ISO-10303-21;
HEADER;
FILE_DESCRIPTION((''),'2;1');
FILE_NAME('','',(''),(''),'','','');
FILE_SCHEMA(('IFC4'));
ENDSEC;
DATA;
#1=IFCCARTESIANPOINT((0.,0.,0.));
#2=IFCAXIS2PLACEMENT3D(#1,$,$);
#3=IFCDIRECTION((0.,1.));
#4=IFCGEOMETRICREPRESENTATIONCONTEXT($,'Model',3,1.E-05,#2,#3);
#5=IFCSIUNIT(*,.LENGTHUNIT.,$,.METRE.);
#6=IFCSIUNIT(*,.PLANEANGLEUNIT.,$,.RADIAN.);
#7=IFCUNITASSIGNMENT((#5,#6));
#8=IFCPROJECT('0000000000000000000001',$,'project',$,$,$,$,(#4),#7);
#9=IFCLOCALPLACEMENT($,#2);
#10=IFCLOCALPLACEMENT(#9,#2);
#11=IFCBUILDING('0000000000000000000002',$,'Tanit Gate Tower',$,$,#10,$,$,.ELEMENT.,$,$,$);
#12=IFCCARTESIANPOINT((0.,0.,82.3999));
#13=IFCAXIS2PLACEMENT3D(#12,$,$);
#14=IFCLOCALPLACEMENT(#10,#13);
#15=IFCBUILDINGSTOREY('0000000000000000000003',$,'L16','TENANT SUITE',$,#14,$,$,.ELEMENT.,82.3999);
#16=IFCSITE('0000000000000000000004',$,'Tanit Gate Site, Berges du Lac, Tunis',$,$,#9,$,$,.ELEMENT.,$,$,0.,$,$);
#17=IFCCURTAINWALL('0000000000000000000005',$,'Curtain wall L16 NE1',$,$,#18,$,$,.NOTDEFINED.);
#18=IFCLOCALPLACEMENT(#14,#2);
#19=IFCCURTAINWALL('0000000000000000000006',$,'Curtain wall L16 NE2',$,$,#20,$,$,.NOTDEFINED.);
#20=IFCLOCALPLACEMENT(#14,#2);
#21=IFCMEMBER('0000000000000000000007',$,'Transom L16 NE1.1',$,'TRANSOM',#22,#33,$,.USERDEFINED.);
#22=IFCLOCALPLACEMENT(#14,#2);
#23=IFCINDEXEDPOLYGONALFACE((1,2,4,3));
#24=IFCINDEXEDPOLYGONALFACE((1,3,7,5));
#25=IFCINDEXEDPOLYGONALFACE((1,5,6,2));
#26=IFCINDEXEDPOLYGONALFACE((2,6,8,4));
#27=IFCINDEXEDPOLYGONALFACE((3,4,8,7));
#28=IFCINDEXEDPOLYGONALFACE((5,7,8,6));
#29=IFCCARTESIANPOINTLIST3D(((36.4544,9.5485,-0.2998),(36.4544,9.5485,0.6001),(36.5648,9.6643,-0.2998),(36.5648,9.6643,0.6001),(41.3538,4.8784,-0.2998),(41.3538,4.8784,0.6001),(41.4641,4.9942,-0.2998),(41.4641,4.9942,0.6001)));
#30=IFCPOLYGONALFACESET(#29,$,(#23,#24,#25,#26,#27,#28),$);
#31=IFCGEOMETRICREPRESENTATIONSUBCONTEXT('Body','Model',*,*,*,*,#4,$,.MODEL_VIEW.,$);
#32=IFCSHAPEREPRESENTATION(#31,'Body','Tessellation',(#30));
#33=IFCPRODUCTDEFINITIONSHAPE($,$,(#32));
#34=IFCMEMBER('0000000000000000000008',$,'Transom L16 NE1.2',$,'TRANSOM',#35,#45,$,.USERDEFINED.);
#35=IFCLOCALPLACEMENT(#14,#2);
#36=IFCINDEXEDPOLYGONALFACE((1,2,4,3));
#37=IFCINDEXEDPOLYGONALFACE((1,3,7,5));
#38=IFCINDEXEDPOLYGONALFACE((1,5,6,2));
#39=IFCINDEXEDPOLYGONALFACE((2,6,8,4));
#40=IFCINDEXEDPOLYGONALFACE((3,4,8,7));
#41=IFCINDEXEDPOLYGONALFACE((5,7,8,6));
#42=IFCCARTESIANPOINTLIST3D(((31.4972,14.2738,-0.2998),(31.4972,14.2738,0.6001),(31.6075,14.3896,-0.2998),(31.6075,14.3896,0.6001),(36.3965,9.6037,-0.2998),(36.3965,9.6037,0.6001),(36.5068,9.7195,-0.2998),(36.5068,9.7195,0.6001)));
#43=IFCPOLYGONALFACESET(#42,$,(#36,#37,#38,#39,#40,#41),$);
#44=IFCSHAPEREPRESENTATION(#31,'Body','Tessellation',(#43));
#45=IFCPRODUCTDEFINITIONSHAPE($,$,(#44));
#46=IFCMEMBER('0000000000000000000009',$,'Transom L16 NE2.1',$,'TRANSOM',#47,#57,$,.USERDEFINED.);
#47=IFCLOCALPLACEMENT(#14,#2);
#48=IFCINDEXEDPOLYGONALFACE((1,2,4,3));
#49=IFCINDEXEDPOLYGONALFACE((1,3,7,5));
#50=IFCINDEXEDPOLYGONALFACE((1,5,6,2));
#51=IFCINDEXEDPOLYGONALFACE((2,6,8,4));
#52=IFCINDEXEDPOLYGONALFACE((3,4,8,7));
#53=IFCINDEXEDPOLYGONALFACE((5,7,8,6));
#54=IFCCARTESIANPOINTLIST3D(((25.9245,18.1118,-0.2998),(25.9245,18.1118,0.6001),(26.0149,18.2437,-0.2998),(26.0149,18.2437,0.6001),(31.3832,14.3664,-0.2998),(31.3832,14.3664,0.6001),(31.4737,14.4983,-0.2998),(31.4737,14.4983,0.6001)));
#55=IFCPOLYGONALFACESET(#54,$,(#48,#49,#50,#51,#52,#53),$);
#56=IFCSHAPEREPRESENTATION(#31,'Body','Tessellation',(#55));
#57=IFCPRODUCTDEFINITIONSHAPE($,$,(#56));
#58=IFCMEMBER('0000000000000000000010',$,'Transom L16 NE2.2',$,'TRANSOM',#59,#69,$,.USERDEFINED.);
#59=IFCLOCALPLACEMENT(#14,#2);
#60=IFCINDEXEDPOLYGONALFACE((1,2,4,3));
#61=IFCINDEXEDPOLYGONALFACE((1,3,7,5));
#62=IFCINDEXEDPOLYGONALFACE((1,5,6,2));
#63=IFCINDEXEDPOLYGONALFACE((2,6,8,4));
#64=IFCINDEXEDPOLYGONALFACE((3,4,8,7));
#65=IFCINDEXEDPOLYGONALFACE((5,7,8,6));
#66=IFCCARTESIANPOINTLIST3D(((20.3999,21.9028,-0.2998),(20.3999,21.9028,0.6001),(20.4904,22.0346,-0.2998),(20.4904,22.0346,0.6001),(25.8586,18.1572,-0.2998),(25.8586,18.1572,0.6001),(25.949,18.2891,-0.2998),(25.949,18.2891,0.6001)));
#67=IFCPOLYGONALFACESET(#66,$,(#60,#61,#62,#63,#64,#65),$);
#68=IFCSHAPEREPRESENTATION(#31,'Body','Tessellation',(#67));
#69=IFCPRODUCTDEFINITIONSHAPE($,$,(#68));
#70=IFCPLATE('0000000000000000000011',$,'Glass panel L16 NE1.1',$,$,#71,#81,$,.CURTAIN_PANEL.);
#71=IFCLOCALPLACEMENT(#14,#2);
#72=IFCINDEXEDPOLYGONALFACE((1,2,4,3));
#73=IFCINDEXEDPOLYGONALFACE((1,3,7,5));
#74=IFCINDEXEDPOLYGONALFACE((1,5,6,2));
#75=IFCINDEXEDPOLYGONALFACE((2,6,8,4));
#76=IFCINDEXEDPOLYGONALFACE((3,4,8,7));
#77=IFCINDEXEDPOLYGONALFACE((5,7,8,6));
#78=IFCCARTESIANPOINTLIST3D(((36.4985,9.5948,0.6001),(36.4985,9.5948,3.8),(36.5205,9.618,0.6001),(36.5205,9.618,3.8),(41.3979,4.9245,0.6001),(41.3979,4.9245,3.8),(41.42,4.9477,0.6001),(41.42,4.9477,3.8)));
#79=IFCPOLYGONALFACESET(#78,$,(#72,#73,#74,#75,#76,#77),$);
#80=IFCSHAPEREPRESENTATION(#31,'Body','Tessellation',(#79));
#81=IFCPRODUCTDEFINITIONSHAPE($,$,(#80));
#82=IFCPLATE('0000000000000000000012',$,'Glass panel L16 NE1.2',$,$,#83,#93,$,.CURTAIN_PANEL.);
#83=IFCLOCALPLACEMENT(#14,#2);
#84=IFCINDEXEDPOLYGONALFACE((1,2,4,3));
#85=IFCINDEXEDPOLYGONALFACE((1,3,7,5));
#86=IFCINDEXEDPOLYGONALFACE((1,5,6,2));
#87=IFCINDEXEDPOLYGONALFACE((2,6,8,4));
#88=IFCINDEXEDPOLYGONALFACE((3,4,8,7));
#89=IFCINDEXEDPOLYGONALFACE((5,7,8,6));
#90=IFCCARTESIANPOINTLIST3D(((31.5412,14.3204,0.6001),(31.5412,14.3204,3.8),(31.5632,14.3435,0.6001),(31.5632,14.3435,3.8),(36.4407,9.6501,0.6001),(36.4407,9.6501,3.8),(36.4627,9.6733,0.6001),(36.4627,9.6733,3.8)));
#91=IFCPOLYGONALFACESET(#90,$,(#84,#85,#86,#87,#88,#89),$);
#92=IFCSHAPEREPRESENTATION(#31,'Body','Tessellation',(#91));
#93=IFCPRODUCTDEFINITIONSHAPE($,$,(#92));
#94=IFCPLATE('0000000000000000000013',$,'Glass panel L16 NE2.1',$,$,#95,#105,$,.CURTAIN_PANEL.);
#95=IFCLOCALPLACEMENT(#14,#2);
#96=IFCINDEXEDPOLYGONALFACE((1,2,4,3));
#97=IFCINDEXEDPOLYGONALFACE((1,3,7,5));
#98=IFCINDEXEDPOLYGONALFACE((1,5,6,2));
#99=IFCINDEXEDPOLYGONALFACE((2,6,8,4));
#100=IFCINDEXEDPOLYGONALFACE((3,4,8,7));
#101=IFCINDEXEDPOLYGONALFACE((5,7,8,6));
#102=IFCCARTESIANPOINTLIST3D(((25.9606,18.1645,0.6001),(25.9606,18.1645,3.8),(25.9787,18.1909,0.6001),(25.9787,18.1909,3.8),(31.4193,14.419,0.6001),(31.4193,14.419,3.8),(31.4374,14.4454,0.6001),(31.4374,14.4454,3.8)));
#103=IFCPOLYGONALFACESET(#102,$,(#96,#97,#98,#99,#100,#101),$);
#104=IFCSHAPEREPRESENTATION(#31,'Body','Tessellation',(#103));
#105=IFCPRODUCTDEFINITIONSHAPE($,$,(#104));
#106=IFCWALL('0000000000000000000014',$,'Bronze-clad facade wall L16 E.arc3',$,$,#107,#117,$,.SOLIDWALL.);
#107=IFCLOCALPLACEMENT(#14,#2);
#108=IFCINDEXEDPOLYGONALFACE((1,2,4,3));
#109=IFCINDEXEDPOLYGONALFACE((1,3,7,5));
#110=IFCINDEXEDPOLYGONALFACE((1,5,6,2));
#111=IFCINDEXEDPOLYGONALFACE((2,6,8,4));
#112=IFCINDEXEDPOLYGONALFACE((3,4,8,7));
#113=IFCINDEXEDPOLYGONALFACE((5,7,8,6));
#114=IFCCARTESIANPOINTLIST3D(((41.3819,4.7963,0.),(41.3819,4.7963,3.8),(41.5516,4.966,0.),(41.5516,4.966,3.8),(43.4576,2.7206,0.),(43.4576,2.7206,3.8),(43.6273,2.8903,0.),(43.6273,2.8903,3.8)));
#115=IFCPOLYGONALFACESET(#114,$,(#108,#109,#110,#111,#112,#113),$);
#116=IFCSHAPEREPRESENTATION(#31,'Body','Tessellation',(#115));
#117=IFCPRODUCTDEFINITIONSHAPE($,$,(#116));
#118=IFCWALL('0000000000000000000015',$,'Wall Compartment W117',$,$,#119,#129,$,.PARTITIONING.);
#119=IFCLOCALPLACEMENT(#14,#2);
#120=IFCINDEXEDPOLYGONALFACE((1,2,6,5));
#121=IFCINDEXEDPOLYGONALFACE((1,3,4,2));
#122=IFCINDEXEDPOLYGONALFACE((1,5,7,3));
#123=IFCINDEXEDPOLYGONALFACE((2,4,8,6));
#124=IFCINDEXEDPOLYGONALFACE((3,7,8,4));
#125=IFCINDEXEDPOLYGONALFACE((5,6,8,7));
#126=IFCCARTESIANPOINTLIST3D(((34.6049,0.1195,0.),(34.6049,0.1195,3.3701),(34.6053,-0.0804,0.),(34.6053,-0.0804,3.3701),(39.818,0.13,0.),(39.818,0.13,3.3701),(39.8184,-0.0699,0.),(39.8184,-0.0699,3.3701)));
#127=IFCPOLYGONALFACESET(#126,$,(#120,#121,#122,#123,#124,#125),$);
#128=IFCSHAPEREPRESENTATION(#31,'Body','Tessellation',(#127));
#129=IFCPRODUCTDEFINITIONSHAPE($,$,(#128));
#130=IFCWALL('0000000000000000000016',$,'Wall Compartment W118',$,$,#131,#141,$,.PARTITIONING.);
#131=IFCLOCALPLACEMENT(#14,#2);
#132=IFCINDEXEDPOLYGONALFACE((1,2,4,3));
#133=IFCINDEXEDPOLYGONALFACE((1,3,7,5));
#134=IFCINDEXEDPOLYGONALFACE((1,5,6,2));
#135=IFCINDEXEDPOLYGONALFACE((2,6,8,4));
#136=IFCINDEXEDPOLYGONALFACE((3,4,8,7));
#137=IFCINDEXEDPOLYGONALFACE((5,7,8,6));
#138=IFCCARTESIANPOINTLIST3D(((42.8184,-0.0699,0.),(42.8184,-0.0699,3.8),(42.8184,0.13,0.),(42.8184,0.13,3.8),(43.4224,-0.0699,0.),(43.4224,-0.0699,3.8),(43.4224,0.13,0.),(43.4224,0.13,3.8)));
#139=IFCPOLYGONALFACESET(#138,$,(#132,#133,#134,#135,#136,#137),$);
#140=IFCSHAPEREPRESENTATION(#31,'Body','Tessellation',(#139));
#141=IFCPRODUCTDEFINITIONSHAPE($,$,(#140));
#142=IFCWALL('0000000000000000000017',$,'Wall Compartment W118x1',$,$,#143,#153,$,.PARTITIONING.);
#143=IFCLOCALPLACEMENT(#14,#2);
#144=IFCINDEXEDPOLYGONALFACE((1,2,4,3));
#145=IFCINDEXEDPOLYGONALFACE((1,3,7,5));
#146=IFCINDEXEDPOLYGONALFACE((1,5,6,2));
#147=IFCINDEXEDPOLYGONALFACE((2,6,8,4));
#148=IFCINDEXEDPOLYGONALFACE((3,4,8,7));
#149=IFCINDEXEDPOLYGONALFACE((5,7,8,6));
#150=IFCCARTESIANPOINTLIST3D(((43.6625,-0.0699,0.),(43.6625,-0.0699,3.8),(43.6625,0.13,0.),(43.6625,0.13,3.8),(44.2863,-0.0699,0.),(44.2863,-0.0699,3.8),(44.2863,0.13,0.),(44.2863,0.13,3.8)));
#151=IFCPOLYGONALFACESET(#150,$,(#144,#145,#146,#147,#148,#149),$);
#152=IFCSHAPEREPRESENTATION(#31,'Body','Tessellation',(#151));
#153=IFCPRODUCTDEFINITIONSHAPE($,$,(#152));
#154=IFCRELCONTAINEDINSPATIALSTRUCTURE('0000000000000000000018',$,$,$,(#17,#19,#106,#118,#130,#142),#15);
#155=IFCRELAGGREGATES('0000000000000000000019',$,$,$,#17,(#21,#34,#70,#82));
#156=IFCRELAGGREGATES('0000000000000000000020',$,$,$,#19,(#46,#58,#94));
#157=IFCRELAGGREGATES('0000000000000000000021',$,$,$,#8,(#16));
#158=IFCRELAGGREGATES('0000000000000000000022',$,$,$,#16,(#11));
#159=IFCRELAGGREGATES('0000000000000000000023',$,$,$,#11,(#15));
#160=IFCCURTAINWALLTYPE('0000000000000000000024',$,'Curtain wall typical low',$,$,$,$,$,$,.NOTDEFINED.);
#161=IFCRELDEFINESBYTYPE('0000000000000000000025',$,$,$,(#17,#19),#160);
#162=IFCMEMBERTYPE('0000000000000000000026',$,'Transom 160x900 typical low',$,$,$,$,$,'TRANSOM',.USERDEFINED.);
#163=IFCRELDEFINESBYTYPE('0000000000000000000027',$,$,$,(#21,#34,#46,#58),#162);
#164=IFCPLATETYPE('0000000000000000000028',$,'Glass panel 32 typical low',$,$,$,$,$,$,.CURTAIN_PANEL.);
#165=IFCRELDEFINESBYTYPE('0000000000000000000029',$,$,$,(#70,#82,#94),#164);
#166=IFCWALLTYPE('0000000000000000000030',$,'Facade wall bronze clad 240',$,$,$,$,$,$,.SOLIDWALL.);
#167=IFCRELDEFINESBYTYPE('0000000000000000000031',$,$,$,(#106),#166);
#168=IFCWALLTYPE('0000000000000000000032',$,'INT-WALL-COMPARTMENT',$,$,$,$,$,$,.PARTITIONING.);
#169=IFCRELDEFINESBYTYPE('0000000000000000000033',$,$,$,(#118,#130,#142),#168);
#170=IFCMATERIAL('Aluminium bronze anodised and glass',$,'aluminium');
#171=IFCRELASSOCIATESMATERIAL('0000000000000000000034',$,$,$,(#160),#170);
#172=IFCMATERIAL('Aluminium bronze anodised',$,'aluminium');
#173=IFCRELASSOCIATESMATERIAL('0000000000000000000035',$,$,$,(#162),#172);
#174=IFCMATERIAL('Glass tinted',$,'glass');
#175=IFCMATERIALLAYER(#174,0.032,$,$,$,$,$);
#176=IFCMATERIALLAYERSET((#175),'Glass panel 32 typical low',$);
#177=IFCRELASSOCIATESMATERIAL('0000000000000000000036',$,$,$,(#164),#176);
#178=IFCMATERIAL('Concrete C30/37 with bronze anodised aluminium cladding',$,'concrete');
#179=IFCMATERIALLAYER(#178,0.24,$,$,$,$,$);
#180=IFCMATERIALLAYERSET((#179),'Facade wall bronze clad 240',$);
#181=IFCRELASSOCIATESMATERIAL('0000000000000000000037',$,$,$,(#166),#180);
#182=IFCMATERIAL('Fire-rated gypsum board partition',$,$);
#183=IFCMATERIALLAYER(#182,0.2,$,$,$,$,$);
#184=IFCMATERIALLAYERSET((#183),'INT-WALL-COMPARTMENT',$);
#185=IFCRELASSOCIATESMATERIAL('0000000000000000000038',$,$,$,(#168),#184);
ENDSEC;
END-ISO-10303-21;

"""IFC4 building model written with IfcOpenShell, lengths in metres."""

from ifc_helpers import new_model, si_unit, direction, frame, frame_2d, origin, origin_2d, place, context, subcontext, project, spatial, rectangle, extrude, material, layer, layer_set, material_profile, profile_set, type_object, element, aggregate, save


model = new_model("IFC4")

# Units and contexts
model_context = context("Model", 3, precision=1e-05, world=origin(), true_north=direction((0.0, 1.0)))
body_context = subcontext(model_context, "Body", "Model", "MODEL_VIEW")
ifc_project = project(units=[si_unit("LENGTHUNIT", "METRE"), si_unit("PLANEANGLEUNIT", "RADIAN")], contexts=[model_context])

# Site, building, storey
site_placement = place(None, origin())
site = spatial("IfcSite", under=ifc_project, at=site_placement, Name="Tanit Gate Site, Berges du Lac, Tunis", CompositionType="ELEMENT", RefElevation=0.0)
building_placement = place(site_placement, origin())
building = spatial("IfcBuilding", under=site, at=building_placement, Name="Tanit Gate Tower", CompositionType="ELEMENT")
storey_placement = place(building_placement, frame((0.0, 0.0, 82.3999)))
storey = spatial("IfcBuildingStorey", under=building, at=storey_placement, Name="L16", Description="TENANT SUITE", CompositionType="ELEMENT", Elevation=82.3999)

# Curtain wall
ifc_material_1 = material(Name="Aluminium bronze anodised and glass", Category="aluminium")
curtain_wall_type = type_object("IfcCurtainWallType", Name="Curtain wall typical low", PredefinedType="NOTDEFINED", material=ifc_material_1)
curtain_wall_1_placement = place(storey_placement, origin())
curtain_wall_1 = element("IfcCurtainWall", 1, at=curtain_wall_1_placement, inside=storey, type_object=curtain_wall_type, Name="Curtain wall L16 NE1", PredefinedType="NOTDEFINED")

# Curtain wall
curtain_wall_2_placement = place(storey_placement, origin())
curtain_wall_2 = element("IfcCurtainWall", 2, at=curtain_wall_2_placement, inside=storey, type_object=curtain_wall_type, Name="Curtain wall L16 NE2", PredefinedType="NOTDEFINED")

# Members
ifc_material_2 = material(Name="Aluminium bronze anodised", Category="aluminium")
ifc_material_profile_1 = material_profile(ifc_material_2, rectangle(XDim=0.1599, YDim=0.8999, at=origin_2d()), Name="160x900 bronze transom")
ifc_profile_set_1 = profile_set([ifc_material_profile_1], Name="Aluminium bronze anodised")
member_type_1 = type_object("IfcMemberType", Name="Transom 160x900 typical low", ElementType="TRANSOM", PredefinedType="USERDEFINED", material=ifc_profile_set_1)
member_1_placement = place(storey_placement, frame((41.4089, 4.9363, 0.1501), z_axis=(-0.723839, 0.689969, 0.0), x_axis=(-0.689969, -0.723839, 0.0)))
member_1 = element("IfcMember", 3, at=member_1_placement, type_object=member_type_1, Name="Transom L16 NE1.1", ObjectType="TRANSOM", PredefinedType="USERDEFINED", context=body_context, shape_type="SweptSolid", body=[
    extrude(rectangle(XDim=0.1599, YDim=0.8999, at=origin_2d()), origin(), (0.0, 0.0, 1.0), 6.7686),
])
member_2_placement = place(storey_placement, frame((36.4517, 9.6616, 0.1501), z_axis=(-0.723839, 0.689969, 0.0), x_axis=(-0.689969, -0.723839, 0.0)))
member_2 = element("IfcMember", 4, at=member_2_placement, type_object=member_type_1, Name="Transom L16 NE1.2", ObjectType="TRANSOM", PredefinedType="USERDEFINED", context=body_context, shape_type="SweptSolid", body=[
    extrude(rectangle(XDim=0.1599, YDim=0.8999, at=origin_2d()), origin(), (0.0, 0.0, 1.0), 6.7686),
])
member_3_placement = place(storey_placement, frame((31.4285, 14.4324, 0.1501), z_axis=(-0.824572, 0.565757, 0.0), x_axis=(-0.565757, -0.824572, 0.0)))
member_3 = element("IfcMember", 5, at=member_3_placement, type_object=member_type_1, Name="Transom L16 NE2.1", ObjectType="TRANSOM", PredefinedType="USERDEFINED", context=body_context, shape_type="SweptSolid", body=[
    extrude(rectangle(XDim=0.1599, YDim=0.8999, at=origin_2d()), origin(), (0.0, 0.0, 1.0), 6.6201),
])
member_4_placement = place(storey_placement, frame((25.9038, 18.2231, 0.1501), z_axis=(-0.824555, 0.565782, 0.0), x_axis=(-0.565782, -0.824555, 0.0)))
member_4 = element("IfcMember", 6, at=member_4_placement, type_object=member_type_1, Name="Transom L16 NE2.2", ObjectType="TRANSOM", PredefinedType="USERDEFINED", context=body_context, shape_type="SweptSolid", body=[
    extrude(rectangle(XDim=0.1599, YDim=0.8999, at=origin_2d()), origin(), (0.0, 0.0, 1.0), 6.6201),
])

# Plates
ifc_material_3 = material(Name="Glass tinted", Category="glass")
ifc_layer_1 = layer(ifc_material_3, 0.032)
ifc_layer_set_1 = layer_set([ifc_layer_1], Name="Glass panel 32 typical low")
plate_type = type_object("IfcPlateType", Name="Glass panel 32 typical low", PredefinedType="CURTAIN_PANEL", material=ifc_layer_set_1)
plate_1_placement = place(storey_placement, frame((38.9592, 7.2712, 0.6001), z_axis=(0.0, 0.0, 1.0), x_axis=(-0.723834, 0.689974, 0.0)))
plate_1 = element("IfcPlate", 7, at=plate_1_placement, type_object=plate_type, Name="Glass panel L16 NE1.1", PredefinedType="CURTAIN_PANEL", context=body_context, shape_type="SweptSolid", body=[
    extrude(rectangle(XDim=6.7688, YDim=0.032, at=origin_2d()), origin(), (0.0, 0.0, 1.0), 3.2),
])
plate_2_placement = place(storey_placement, frame((34.002, 11.9968, 0.6001), z_axis=(0.0, 0.0, 1.0), x_axis=(-0.723834, 0.689974, 0.0)))
plate_2 = element("IfcPlate", 8, at=plate_2_placement, type_object=plate_type, Name="Glass panel L16 NE1.2", PredefinedType="CURTAIN_PANEL", context=body_context, shape_type="SweptSolid", body=[
    extrude(rectangle(XDim=6.7688, YDim=0.032, at=origin_2d()), origin(), (0.0, 0.0, 1.0), 3.2),
])
aggregate(curtain_wall_1, [member_1, member_2, plate_1, plate_2])
plate_3_placement = place(storey_placement, frame((28.699, 16.3049, 0.6001), z_axis=(0.0, 0.0, 1.0), x_axis=(-0.824557, 0.56578, 0.0)))
plate_3 = element("IfcPlate", 9, at=plate_3_placement, type_object=plate_type, Name="Glass panel L16 NE2.1", PredefinedType="CURTAIN_PANEL", context=body_context, shape_type="SweptSolid", body=[
    extrude(rectangle(XDim=6.6201, YDim=0.032, at=origin_2d()), origin(), (0.0, 0.0, 1.0), 3.2),
])
aggregate(curtain_wall_2, [member_3, member_4, plate_3])

# Walls
ifc_material_4 = material(Name="Concrete C30/37 with bronze anodised aluminium cladding", Category="concrete")
ifc_layer_2 = layer(ifc_material_4, 0.24)
ifc_layer_set_2 = layer_set([ifc_layer_2], Name="Facade wall bronze clad 240")
wall_type_1 = type_object("IfcWallType", Name="Facade wall bronze clad 240", PredefinedType="SOLIDWALL", material=ifc_layer_set_2)
wall_1_placement = place(storey_placement, frame((43.5425, 2.8054, 0.0), z_axis=(0.0, 0.0, 1.0), x_axis=(-0.707107, 0.707107, 0.0)))
element("IfcWall", 10, at=wall_1_placement, inside=storey, type_object=wall_type_1, Name="Bronze-clad facade wall L16 E.arc3", PredefinedType="SOLIDWALL", context=body_context, shape_type="SweptSolid", body=[
    extrude(rectangle(XDim=2.9355, YDim=0.24, at=frame_2d((1.4678, 0.0))), origin(), (0.0, 0.0, 1.0), 3.8),
])
ifc_material_5 = material(Name="Fire-rated gypsum board partition")
ifc_layer_3 = layer(ifc_material_5, 0.2)
ifc_layer_set_3 = layer_set([ifc_layer_3], Name="INT-WALL-COMPARTMENT")
wall_type_2 = type_object("IfcWallType", Name="INT-WALL-COMPARTMENT", PredefinedType="PARTITIONING", material=ifc_layer_set_3)
wall_2_placement = place(storey_placement, frame((34.6052, 0.0195, 0.0), z_axis=(0.0, 0.0, 1.0), x_axis=(0.999998, 0.002014, 0.0)))
element("IfcWall", 11, at=wall_2_placement, inside=storey, type_object=wall_type_2, Name="Wall Compartment W117", PredefinedType="PARTITIONING", context=body_context, shape_type="SweptSolid", body=[
    extrude(rectangle(XDim=5.2131, YDim=0.2, at=frame_2d((2.6064, 0.0))), origin(), (0.0, 0.0, 1.0), 3.3701),
])
wall_3_placement = place(storey_placement, frame((42.8184, 0.03, 0.0), z_axis=(0.0, 0.0, 1.0), x_axis=(1.0, 0.0, 0.0)))
element("IfcWall", 12, at=wall_3_placement, inside=storey, type_object=wall_type_2, Name="Wall Compartment W118", PredefinedType="PARTITIONING", context=body_context, shape_type="SweptSolid", body=[
    extrude(rectangle(XDim=0.604, YDim=0.2, at=frame_2d((0.302, 0.0))), origin(), (0.0, 0.0, 1.0), 3.8),
])
wall_4_placement = place(storey_placement, frame((43.6624, 0.03, 0.0), z_axis=(0.0, 0.0, 1.0), x_axis=(1.0, 0.0, 0.0)))
element("IfcWall", 13, at=wall_4_placement, inside=storey, type_object=wall_type_2, Name="Wall Compartment W118x1", PredefinedType="PARTITIONING", context=body_context, shape_type="SweptSolid", body=[
    extrude(rectangle(XDim=0.6238, YDim=0.2, at=frame_2d((0.312, 0.0))), origin(), (0.0, 0.0, 1.0), 3.8),
])

save(model, "model.ifc")
